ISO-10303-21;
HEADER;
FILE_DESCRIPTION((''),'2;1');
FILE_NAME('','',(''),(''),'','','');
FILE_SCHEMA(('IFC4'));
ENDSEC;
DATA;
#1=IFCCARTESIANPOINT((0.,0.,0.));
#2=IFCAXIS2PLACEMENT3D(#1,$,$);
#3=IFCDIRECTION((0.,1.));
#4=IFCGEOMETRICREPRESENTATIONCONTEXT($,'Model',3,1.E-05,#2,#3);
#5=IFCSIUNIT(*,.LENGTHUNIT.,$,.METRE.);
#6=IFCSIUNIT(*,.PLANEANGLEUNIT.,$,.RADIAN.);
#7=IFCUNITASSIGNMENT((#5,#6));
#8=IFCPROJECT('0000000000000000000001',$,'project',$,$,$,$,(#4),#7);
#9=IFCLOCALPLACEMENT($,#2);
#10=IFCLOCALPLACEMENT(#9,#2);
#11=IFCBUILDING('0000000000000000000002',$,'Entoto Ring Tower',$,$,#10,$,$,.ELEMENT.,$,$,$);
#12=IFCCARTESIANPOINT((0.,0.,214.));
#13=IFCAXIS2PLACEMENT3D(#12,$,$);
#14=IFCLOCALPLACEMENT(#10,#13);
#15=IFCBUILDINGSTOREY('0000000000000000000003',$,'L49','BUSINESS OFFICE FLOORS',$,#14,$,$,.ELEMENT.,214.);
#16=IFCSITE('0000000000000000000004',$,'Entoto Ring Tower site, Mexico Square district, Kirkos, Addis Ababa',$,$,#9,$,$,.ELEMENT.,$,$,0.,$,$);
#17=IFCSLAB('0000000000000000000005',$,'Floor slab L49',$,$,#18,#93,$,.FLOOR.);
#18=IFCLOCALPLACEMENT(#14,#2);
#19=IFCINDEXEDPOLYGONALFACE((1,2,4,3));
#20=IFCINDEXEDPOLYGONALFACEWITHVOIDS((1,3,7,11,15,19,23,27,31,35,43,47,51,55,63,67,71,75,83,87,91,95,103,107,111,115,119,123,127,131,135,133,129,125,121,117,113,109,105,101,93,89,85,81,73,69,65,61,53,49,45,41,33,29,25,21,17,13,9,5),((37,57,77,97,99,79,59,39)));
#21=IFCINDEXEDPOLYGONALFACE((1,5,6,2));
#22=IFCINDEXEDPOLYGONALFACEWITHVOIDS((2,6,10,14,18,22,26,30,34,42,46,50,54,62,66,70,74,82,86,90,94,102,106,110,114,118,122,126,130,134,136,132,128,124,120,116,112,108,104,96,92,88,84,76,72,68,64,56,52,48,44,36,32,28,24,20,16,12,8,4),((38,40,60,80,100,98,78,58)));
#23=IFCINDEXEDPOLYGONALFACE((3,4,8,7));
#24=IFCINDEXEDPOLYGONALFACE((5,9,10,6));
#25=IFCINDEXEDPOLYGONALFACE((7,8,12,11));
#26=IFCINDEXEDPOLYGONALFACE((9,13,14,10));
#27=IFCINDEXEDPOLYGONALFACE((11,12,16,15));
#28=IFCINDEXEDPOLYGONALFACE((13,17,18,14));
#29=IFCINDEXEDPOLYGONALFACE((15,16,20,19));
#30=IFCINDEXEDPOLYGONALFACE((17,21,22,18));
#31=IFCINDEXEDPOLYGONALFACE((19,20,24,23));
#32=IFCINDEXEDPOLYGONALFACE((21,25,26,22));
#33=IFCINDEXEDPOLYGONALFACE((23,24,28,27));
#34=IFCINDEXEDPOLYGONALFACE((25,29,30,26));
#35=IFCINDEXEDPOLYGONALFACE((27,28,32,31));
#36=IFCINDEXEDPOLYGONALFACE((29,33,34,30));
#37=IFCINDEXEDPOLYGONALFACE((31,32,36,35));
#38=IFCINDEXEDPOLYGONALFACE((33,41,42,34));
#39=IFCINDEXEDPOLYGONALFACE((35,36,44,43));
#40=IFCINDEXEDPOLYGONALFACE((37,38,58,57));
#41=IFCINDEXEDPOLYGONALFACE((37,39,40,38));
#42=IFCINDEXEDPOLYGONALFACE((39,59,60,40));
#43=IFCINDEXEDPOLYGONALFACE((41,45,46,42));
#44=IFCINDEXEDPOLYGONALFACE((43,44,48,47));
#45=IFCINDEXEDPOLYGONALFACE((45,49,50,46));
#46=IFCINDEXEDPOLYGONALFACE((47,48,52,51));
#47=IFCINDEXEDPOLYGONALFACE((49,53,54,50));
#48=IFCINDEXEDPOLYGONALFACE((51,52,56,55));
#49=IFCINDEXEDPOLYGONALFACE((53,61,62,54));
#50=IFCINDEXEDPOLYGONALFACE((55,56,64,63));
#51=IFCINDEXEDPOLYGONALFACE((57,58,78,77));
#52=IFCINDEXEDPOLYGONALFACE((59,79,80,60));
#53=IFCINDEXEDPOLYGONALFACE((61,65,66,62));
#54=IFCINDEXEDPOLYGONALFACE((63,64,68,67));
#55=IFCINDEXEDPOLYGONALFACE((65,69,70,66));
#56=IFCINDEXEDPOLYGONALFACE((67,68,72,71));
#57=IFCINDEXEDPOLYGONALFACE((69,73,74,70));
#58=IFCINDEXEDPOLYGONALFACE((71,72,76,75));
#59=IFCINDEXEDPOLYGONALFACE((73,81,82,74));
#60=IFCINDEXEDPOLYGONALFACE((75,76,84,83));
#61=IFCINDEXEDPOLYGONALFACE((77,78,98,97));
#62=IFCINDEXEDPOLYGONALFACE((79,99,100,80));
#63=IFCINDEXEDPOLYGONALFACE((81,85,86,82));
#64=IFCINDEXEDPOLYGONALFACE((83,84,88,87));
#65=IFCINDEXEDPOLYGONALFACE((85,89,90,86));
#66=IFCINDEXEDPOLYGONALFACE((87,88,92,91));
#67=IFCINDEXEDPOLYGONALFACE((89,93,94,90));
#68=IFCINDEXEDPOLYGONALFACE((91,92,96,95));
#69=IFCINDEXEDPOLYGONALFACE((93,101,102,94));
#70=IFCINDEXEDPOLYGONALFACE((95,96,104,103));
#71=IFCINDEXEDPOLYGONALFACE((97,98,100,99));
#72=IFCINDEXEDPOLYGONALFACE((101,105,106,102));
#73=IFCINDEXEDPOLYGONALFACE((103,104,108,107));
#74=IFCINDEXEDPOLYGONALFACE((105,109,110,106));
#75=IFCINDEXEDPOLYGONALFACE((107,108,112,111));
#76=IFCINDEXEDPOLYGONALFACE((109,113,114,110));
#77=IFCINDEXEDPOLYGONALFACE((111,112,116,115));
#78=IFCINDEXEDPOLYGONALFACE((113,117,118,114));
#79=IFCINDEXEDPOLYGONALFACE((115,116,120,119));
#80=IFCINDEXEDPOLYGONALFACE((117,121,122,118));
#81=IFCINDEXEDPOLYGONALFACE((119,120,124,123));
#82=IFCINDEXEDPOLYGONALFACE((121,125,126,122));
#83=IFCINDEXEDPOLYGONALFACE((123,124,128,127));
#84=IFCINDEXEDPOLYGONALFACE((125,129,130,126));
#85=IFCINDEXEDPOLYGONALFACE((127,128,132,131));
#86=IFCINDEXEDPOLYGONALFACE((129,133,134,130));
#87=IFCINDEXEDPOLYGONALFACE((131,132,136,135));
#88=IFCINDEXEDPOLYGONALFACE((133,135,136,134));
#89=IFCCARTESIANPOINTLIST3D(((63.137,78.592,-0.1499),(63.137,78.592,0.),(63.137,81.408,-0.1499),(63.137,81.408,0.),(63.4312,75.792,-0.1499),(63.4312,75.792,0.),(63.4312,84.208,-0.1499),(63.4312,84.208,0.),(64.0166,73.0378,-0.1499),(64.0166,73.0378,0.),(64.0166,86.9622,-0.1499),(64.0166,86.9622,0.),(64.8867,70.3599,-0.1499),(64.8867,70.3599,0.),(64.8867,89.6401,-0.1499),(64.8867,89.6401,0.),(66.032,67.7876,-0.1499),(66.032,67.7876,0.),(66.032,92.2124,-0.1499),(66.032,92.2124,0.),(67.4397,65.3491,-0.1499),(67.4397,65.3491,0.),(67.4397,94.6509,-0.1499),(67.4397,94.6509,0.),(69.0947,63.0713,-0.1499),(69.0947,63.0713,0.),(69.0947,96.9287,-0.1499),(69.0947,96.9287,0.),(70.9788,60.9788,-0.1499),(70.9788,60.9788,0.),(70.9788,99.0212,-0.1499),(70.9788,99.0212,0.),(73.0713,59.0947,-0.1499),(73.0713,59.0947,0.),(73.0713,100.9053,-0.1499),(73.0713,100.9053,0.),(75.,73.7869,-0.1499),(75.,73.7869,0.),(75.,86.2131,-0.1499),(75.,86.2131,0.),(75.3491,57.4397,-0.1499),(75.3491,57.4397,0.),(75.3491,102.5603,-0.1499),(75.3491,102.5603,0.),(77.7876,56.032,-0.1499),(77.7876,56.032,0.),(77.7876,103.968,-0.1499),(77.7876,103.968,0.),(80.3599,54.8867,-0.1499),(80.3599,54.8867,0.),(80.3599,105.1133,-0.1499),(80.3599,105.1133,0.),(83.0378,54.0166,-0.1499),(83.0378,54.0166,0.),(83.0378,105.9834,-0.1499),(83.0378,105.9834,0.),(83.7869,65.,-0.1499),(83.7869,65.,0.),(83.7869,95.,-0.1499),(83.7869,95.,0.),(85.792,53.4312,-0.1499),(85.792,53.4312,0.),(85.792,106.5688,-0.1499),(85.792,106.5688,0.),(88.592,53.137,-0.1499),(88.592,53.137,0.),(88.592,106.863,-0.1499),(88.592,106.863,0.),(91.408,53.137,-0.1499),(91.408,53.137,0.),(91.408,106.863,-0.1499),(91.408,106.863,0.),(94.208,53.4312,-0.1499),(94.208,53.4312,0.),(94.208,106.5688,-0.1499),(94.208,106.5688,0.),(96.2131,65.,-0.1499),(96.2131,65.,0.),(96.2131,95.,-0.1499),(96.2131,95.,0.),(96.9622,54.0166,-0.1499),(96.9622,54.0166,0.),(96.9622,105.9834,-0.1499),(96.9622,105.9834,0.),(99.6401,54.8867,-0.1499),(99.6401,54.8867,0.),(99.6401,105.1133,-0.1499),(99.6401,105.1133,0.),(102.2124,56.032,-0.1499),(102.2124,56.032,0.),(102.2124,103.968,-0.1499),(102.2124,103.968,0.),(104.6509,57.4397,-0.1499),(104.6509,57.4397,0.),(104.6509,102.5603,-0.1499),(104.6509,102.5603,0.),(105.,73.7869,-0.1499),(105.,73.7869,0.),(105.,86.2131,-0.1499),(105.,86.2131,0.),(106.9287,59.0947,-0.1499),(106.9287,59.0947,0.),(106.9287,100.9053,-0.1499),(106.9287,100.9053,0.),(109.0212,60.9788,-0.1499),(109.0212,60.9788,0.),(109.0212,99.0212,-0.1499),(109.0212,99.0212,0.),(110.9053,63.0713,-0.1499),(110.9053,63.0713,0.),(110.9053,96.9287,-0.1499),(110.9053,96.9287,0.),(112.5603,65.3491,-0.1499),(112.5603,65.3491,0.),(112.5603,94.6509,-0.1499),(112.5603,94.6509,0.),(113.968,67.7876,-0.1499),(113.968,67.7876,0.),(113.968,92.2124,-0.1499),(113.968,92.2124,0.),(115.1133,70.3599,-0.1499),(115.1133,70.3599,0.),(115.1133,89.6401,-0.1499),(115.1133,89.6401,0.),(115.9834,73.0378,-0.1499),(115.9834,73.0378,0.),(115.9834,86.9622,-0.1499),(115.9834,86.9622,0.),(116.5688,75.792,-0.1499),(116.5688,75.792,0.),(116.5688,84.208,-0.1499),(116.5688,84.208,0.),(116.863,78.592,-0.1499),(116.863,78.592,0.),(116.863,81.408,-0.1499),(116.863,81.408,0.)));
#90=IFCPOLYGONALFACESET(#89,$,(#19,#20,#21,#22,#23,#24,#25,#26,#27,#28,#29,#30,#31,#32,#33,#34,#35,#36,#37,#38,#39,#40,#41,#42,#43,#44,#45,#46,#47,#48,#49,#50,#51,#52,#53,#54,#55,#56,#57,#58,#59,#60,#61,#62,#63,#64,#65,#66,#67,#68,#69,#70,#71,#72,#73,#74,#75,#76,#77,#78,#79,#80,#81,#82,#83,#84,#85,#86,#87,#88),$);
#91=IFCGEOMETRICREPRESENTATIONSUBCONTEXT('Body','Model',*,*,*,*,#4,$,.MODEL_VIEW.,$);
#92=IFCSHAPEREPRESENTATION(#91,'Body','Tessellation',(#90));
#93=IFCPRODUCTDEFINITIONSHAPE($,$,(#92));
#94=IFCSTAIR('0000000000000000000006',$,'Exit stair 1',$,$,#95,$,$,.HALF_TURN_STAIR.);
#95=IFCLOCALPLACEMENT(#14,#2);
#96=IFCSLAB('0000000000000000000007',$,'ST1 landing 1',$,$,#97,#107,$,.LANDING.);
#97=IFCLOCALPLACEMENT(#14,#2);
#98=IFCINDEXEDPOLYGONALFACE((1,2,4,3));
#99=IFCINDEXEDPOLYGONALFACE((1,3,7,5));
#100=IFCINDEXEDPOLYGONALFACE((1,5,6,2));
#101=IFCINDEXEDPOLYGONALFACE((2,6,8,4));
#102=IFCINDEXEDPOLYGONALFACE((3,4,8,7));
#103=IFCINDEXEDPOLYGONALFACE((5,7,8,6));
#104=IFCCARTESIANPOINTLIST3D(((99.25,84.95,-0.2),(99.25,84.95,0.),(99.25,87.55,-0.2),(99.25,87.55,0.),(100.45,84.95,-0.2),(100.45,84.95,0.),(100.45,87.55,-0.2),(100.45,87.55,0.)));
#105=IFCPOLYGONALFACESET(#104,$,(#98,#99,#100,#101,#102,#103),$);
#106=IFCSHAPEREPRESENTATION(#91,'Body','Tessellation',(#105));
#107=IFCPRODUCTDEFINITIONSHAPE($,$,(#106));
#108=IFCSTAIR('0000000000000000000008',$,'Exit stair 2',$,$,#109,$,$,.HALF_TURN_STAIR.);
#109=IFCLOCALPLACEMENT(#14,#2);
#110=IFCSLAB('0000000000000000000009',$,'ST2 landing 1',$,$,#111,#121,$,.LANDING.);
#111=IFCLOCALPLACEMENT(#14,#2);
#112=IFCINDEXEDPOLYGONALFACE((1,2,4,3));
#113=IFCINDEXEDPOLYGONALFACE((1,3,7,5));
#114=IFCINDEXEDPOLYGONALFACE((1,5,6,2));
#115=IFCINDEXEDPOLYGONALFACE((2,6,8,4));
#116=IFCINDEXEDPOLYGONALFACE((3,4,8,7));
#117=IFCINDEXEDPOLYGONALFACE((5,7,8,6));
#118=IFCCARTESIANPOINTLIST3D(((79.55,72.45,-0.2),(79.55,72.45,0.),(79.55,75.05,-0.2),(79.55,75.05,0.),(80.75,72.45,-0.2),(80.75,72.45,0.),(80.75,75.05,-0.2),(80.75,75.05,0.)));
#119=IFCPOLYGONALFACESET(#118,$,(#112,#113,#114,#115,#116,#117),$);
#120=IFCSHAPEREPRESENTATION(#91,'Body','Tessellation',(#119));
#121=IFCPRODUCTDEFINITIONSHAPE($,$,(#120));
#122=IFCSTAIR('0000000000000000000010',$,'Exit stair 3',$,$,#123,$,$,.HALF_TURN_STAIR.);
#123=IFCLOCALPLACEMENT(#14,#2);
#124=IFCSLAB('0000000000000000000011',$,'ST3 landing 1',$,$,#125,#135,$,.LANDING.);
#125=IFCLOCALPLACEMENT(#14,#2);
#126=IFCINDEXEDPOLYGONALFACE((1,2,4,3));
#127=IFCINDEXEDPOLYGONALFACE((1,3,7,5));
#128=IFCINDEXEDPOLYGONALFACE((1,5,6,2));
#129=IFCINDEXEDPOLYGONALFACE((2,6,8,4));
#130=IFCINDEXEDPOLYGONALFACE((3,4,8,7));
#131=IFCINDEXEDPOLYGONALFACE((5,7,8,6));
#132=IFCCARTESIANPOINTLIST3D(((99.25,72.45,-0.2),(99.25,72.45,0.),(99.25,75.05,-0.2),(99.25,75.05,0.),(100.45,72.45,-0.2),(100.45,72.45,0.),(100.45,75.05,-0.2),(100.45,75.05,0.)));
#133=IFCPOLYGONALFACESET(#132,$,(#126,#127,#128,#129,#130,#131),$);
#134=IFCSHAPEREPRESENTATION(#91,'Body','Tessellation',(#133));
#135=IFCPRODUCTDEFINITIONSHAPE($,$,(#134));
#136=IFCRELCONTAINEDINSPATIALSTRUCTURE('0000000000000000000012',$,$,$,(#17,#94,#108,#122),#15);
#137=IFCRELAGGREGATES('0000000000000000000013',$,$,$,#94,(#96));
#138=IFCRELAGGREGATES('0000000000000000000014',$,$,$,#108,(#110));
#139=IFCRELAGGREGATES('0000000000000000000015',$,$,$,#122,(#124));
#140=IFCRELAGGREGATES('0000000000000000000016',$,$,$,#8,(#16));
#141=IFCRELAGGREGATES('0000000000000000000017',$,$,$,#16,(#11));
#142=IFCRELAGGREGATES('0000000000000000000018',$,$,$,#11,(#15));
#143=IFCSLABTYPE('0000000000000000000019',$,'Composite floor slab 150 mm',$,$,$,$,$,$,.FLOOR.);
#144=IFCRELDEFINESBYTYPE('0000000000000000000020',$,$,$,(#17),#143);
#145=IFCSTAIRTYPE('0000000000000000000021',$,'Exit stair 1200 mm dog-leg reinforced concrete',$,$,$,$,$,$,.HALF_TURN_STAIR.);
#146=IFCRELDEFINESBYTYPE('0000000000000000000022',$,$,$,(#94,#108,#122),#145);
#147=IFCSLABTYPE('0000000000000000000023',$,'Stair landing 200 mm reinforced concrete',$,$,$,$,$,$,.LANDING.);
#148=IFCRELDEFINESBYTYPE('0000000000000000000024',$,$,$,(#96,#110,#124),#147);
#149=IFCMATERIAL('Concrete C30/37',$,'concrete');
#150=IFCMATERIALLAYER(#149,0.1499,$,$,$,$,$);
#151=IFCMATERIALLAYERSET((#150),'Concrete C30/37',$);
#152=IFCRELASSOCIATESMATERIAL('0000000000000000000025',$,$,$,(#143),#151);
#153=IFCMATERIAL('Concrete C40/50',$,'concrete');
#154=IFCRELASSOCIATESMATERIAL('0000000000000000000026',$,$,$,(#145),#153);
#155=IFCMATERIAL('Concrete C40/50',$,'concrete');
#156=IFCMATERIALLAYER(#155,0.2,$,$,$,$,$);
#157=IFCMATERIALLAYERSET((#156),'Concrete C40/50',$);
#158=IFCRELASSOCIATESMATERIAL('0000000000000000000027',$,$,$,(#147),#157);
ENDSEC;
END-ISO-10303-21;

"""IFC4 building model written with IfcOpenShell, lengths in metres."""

from ifc_helpers import new_model, si_unit, direction, frame, origin, place, context, subcontext, project, spatial, polyline, outline, extrude, material, layer, layer_set, type_object, element, aggregate, save


model = new_model("IFC4")

# Units and contexts
model_context = context("Model", 3, precision=1e-05, world=origin(), true_north=direction((0.0, 1.0)))
body_context = subcontext(model_context, "Body", "Model", "MODEL_VIEW")
ifc_project = project(units=[si_unit("LENGTHUNIT", "METRE"), si_unit("PLANEANGLEUNIT", "RADIAN")], contexts=[model_context])

# Site, building, storey
site_placement = place(None, origin())
building_placement = place(site_placement, origin())
storey_placement = place(building_placement, frame((0.0, 0.0, 214.0)))
site = spatial("IfcSite", under=ifc_project, at=site_placement, Name="Entoto Ring Tower site, Mexico Square district, Kirkos, Addis Ababa", CompositionType="ELEMENT", RefElevation=0.0)
building = spatial("IfcBuilding", under=site, at=building_placement, Name="Entoto Ring Tower", CompositionType="ELEMENT")
storey = spatial("IfcBuildingStorey", under=building, at=storey_placement, Name="L49", Description="BUSINESS OFFICE FLOORS", CompositionType="ELEMENT", Elevation=214.0)

# Slab
ifc_material_1 = material(Name="Concrete C30/37", Category="concrete")
ifc_layer_1 = layer(ifc_material_1, 0.1499)
ifc_layer_set_1 = layer_set([ifc_layer_1], Name="Concrete C30/37")
slab_type_1 = type_object("IfcSlabType", Name="Composite floor slab 150 mm", PredefinedType="FLOOR", material=ifc_layer_set_1)
slab_1_placement = place(storey_placement, frame((0.0, 0.0, -0.1499)))
element("IfcSlab", 1, at=slab_1_placement, inside=storey, type_object=slab_type_1, Name="Floor slab L49", PredefinedType="FLOOR", context=body_context, shape_type="SweptSolid", body=[
    extrude(outline(polyline([(116.5688, 84.208), (115.9834, 86.9622), (115.1133, 89.6401), (113.968, 92.2124), (112.5603, 94.6509), (110.9053, 96.9287), (109.0212, 99.0212), (106.9287, 100.9053), (104.6509, 102.5603), (102.2124, 103.968), (99.6401, 105.1133), (96.9622, 105.9834), (94.208, 106.5688), (91.408, 106.863), (88.592, 106.863), (85.792, 106.5688), (83.0378, 105.9834), (80.3599, 105.1133), (77.7876, 103.968), (75.3491, 102.5603), (73.0713, 100.9053), (70.9788, 99.0212), (69.0947, 96.9287), (67.4397, 94.6509), (66.032, 92.2124), (64.8867, 89.6401), (64.0166, 86.9622), (63.4312, 84.208), (63.137, 81.408), (63.137, 78.592), (63.4312, 75.792), (64.0166, 73.0378), (64.8867, 70.3599), (66.032, 67.7876), (67.4397, 65.3491), (69.0947, 63.0713), (70.9788, 60.9788), (73.0713, 59.0947), (75.3491, 57.4397), (77.7876, 56.032), (80.3599, 54.8867), (83.0378, 54.0166), (85.792, 53.4312), (88.592, 53.137), (91.408, 53.137), (94.208, 53.4312), (96.9622, 54.0166), (99.6401, 54.8867), (102.2124, 56.032), (104.6509, 57.4397), (106.9287, 59.0947), (109.0212, 60.9788), (110.9053, 63.0713), (112.5603, 65.3491), (113.968, 67.7876), (115.1133, 70.3599), (115.9834, 73.0378), (116.5688, 75.792), (116.863, 78.592), (116.863, 81.408), (116.5688, 84.208)]), holes=[polyline([(105.0, 73.7869), (105.0, 86.2131), (96.2131, 95.0), (83.7869, 95.0), (75.0, 86.2131), (75.0, 73.7869), (83.7869, 65.0), (96.2131, 65.0), (105.0, 73.7869)])]), origin(), (0.0, 0.0, 1.0), 0.1499),
])

# Stairs, slabs
ifc_material_2 = material(Name="Concrete C40/50", Category="concrete")
stair_type = type_object("IfcStairType", Name="Exit stair 1200 mm dog-leg reinforced concrete", PredefinedType="HALF_TURN_STAIR", material=ifc_material_2)
stair_1_placement = place(storey_placement, origin())
stair_1 = element("IfcStair", 2, at=stair_1_placement, inside=storey, type_object=stair_type, Name="Exit stair 1", PredefinedType="HALF_TURN_STAIR")
ifc_material_3 = material(Name="Concrete C40/50", Category="concrete")
ifc_layer_2 = layer(ifc_material_3, 0.2)
ifc_layer_set_2 = layer_set([ifc_layer_2], Name="Concrete C40/50")
slab_type_2 = type_object("IfcSlabType", Name="Stair landing 200 mm reinforced concrete", PredefinedType="LANDING", material=ifc_layer_set_2)
slab_2_placement = place(storey_placement, frame((0.0, 0.0, -0.2)))
slab_2 = element("IfcSlab", 3, at=slab_2_placement, type_object=slab_type_2, Name="ST1 landing 1", PredefinedType="LANDING", context=body_context, shape_type="SweptSolid", body=[
    extrude(outline(polyline([(100.45, 84.95), (100.45, 87.55), (99.25, 87.55), (99.25, 84.95), (100.45, 84.95)])), origin(), (0.0, 0.0, 1.0), 0.2),
])
aggregate(stair_1, [slab_2])
stair_2_placement = place(storey_placement, origin())
stair_2 = element("IfcStair", 4, at=stair_2_placement, inside=storey, type_object=stair_type, Name="Exit stair 2", PredefinedType="HALF_TURN_STAIR")
slab_3_placement = place(storey_placement, frame((0.0, 0.0, -0.2)))
slab_3 = element("IfcSlab", 5, at=slab_3_placement, type_object=slab_type_2, Name="ST2 landing 1", PredefinedType="LANDING", context=body_context, shape_type="SweptSolid", body=[
    extrude(outline(polyline([(80.75, 72.45), (80.75, 75.05), (79.55, 75.05), (79.55, 72.45), (80.75, 72.45)])), origin(), (0.0, 0.0, 1.0), 0.2),
])
aggregate(stair_2, [slab_3])
stair_3_placement = place(storey_placement, origin())
stair_3 = element("IfcStair", 6, at=stair_3_placement, inside=storey, type_object=stair_type, Name="Exit stair 3", PredefinedType="HALF_TURN_STAIR")
slab_4_placement = place(storey_placement, frame((0.0, 0.0, -0.2)))
slab_4 = element("IfcSlab", 7, at=slab_4_placement, type_object=slab_type_2, Name="ST3 landing 1", PredefinedType="LANDING", context=body_context, shape_type="SweptSolid", body=[
    extrude(outline(polyline([(100.45, 72.45), (100.45, 75.05), (99.25, 75.05), (99.25, 72.45), (100.45, 72.45)])), origin(), (0.0, 0.0, 1.0), 0.2),
])
aggregate(stair_3, [slab_4])

save(model, "model.ifc")
